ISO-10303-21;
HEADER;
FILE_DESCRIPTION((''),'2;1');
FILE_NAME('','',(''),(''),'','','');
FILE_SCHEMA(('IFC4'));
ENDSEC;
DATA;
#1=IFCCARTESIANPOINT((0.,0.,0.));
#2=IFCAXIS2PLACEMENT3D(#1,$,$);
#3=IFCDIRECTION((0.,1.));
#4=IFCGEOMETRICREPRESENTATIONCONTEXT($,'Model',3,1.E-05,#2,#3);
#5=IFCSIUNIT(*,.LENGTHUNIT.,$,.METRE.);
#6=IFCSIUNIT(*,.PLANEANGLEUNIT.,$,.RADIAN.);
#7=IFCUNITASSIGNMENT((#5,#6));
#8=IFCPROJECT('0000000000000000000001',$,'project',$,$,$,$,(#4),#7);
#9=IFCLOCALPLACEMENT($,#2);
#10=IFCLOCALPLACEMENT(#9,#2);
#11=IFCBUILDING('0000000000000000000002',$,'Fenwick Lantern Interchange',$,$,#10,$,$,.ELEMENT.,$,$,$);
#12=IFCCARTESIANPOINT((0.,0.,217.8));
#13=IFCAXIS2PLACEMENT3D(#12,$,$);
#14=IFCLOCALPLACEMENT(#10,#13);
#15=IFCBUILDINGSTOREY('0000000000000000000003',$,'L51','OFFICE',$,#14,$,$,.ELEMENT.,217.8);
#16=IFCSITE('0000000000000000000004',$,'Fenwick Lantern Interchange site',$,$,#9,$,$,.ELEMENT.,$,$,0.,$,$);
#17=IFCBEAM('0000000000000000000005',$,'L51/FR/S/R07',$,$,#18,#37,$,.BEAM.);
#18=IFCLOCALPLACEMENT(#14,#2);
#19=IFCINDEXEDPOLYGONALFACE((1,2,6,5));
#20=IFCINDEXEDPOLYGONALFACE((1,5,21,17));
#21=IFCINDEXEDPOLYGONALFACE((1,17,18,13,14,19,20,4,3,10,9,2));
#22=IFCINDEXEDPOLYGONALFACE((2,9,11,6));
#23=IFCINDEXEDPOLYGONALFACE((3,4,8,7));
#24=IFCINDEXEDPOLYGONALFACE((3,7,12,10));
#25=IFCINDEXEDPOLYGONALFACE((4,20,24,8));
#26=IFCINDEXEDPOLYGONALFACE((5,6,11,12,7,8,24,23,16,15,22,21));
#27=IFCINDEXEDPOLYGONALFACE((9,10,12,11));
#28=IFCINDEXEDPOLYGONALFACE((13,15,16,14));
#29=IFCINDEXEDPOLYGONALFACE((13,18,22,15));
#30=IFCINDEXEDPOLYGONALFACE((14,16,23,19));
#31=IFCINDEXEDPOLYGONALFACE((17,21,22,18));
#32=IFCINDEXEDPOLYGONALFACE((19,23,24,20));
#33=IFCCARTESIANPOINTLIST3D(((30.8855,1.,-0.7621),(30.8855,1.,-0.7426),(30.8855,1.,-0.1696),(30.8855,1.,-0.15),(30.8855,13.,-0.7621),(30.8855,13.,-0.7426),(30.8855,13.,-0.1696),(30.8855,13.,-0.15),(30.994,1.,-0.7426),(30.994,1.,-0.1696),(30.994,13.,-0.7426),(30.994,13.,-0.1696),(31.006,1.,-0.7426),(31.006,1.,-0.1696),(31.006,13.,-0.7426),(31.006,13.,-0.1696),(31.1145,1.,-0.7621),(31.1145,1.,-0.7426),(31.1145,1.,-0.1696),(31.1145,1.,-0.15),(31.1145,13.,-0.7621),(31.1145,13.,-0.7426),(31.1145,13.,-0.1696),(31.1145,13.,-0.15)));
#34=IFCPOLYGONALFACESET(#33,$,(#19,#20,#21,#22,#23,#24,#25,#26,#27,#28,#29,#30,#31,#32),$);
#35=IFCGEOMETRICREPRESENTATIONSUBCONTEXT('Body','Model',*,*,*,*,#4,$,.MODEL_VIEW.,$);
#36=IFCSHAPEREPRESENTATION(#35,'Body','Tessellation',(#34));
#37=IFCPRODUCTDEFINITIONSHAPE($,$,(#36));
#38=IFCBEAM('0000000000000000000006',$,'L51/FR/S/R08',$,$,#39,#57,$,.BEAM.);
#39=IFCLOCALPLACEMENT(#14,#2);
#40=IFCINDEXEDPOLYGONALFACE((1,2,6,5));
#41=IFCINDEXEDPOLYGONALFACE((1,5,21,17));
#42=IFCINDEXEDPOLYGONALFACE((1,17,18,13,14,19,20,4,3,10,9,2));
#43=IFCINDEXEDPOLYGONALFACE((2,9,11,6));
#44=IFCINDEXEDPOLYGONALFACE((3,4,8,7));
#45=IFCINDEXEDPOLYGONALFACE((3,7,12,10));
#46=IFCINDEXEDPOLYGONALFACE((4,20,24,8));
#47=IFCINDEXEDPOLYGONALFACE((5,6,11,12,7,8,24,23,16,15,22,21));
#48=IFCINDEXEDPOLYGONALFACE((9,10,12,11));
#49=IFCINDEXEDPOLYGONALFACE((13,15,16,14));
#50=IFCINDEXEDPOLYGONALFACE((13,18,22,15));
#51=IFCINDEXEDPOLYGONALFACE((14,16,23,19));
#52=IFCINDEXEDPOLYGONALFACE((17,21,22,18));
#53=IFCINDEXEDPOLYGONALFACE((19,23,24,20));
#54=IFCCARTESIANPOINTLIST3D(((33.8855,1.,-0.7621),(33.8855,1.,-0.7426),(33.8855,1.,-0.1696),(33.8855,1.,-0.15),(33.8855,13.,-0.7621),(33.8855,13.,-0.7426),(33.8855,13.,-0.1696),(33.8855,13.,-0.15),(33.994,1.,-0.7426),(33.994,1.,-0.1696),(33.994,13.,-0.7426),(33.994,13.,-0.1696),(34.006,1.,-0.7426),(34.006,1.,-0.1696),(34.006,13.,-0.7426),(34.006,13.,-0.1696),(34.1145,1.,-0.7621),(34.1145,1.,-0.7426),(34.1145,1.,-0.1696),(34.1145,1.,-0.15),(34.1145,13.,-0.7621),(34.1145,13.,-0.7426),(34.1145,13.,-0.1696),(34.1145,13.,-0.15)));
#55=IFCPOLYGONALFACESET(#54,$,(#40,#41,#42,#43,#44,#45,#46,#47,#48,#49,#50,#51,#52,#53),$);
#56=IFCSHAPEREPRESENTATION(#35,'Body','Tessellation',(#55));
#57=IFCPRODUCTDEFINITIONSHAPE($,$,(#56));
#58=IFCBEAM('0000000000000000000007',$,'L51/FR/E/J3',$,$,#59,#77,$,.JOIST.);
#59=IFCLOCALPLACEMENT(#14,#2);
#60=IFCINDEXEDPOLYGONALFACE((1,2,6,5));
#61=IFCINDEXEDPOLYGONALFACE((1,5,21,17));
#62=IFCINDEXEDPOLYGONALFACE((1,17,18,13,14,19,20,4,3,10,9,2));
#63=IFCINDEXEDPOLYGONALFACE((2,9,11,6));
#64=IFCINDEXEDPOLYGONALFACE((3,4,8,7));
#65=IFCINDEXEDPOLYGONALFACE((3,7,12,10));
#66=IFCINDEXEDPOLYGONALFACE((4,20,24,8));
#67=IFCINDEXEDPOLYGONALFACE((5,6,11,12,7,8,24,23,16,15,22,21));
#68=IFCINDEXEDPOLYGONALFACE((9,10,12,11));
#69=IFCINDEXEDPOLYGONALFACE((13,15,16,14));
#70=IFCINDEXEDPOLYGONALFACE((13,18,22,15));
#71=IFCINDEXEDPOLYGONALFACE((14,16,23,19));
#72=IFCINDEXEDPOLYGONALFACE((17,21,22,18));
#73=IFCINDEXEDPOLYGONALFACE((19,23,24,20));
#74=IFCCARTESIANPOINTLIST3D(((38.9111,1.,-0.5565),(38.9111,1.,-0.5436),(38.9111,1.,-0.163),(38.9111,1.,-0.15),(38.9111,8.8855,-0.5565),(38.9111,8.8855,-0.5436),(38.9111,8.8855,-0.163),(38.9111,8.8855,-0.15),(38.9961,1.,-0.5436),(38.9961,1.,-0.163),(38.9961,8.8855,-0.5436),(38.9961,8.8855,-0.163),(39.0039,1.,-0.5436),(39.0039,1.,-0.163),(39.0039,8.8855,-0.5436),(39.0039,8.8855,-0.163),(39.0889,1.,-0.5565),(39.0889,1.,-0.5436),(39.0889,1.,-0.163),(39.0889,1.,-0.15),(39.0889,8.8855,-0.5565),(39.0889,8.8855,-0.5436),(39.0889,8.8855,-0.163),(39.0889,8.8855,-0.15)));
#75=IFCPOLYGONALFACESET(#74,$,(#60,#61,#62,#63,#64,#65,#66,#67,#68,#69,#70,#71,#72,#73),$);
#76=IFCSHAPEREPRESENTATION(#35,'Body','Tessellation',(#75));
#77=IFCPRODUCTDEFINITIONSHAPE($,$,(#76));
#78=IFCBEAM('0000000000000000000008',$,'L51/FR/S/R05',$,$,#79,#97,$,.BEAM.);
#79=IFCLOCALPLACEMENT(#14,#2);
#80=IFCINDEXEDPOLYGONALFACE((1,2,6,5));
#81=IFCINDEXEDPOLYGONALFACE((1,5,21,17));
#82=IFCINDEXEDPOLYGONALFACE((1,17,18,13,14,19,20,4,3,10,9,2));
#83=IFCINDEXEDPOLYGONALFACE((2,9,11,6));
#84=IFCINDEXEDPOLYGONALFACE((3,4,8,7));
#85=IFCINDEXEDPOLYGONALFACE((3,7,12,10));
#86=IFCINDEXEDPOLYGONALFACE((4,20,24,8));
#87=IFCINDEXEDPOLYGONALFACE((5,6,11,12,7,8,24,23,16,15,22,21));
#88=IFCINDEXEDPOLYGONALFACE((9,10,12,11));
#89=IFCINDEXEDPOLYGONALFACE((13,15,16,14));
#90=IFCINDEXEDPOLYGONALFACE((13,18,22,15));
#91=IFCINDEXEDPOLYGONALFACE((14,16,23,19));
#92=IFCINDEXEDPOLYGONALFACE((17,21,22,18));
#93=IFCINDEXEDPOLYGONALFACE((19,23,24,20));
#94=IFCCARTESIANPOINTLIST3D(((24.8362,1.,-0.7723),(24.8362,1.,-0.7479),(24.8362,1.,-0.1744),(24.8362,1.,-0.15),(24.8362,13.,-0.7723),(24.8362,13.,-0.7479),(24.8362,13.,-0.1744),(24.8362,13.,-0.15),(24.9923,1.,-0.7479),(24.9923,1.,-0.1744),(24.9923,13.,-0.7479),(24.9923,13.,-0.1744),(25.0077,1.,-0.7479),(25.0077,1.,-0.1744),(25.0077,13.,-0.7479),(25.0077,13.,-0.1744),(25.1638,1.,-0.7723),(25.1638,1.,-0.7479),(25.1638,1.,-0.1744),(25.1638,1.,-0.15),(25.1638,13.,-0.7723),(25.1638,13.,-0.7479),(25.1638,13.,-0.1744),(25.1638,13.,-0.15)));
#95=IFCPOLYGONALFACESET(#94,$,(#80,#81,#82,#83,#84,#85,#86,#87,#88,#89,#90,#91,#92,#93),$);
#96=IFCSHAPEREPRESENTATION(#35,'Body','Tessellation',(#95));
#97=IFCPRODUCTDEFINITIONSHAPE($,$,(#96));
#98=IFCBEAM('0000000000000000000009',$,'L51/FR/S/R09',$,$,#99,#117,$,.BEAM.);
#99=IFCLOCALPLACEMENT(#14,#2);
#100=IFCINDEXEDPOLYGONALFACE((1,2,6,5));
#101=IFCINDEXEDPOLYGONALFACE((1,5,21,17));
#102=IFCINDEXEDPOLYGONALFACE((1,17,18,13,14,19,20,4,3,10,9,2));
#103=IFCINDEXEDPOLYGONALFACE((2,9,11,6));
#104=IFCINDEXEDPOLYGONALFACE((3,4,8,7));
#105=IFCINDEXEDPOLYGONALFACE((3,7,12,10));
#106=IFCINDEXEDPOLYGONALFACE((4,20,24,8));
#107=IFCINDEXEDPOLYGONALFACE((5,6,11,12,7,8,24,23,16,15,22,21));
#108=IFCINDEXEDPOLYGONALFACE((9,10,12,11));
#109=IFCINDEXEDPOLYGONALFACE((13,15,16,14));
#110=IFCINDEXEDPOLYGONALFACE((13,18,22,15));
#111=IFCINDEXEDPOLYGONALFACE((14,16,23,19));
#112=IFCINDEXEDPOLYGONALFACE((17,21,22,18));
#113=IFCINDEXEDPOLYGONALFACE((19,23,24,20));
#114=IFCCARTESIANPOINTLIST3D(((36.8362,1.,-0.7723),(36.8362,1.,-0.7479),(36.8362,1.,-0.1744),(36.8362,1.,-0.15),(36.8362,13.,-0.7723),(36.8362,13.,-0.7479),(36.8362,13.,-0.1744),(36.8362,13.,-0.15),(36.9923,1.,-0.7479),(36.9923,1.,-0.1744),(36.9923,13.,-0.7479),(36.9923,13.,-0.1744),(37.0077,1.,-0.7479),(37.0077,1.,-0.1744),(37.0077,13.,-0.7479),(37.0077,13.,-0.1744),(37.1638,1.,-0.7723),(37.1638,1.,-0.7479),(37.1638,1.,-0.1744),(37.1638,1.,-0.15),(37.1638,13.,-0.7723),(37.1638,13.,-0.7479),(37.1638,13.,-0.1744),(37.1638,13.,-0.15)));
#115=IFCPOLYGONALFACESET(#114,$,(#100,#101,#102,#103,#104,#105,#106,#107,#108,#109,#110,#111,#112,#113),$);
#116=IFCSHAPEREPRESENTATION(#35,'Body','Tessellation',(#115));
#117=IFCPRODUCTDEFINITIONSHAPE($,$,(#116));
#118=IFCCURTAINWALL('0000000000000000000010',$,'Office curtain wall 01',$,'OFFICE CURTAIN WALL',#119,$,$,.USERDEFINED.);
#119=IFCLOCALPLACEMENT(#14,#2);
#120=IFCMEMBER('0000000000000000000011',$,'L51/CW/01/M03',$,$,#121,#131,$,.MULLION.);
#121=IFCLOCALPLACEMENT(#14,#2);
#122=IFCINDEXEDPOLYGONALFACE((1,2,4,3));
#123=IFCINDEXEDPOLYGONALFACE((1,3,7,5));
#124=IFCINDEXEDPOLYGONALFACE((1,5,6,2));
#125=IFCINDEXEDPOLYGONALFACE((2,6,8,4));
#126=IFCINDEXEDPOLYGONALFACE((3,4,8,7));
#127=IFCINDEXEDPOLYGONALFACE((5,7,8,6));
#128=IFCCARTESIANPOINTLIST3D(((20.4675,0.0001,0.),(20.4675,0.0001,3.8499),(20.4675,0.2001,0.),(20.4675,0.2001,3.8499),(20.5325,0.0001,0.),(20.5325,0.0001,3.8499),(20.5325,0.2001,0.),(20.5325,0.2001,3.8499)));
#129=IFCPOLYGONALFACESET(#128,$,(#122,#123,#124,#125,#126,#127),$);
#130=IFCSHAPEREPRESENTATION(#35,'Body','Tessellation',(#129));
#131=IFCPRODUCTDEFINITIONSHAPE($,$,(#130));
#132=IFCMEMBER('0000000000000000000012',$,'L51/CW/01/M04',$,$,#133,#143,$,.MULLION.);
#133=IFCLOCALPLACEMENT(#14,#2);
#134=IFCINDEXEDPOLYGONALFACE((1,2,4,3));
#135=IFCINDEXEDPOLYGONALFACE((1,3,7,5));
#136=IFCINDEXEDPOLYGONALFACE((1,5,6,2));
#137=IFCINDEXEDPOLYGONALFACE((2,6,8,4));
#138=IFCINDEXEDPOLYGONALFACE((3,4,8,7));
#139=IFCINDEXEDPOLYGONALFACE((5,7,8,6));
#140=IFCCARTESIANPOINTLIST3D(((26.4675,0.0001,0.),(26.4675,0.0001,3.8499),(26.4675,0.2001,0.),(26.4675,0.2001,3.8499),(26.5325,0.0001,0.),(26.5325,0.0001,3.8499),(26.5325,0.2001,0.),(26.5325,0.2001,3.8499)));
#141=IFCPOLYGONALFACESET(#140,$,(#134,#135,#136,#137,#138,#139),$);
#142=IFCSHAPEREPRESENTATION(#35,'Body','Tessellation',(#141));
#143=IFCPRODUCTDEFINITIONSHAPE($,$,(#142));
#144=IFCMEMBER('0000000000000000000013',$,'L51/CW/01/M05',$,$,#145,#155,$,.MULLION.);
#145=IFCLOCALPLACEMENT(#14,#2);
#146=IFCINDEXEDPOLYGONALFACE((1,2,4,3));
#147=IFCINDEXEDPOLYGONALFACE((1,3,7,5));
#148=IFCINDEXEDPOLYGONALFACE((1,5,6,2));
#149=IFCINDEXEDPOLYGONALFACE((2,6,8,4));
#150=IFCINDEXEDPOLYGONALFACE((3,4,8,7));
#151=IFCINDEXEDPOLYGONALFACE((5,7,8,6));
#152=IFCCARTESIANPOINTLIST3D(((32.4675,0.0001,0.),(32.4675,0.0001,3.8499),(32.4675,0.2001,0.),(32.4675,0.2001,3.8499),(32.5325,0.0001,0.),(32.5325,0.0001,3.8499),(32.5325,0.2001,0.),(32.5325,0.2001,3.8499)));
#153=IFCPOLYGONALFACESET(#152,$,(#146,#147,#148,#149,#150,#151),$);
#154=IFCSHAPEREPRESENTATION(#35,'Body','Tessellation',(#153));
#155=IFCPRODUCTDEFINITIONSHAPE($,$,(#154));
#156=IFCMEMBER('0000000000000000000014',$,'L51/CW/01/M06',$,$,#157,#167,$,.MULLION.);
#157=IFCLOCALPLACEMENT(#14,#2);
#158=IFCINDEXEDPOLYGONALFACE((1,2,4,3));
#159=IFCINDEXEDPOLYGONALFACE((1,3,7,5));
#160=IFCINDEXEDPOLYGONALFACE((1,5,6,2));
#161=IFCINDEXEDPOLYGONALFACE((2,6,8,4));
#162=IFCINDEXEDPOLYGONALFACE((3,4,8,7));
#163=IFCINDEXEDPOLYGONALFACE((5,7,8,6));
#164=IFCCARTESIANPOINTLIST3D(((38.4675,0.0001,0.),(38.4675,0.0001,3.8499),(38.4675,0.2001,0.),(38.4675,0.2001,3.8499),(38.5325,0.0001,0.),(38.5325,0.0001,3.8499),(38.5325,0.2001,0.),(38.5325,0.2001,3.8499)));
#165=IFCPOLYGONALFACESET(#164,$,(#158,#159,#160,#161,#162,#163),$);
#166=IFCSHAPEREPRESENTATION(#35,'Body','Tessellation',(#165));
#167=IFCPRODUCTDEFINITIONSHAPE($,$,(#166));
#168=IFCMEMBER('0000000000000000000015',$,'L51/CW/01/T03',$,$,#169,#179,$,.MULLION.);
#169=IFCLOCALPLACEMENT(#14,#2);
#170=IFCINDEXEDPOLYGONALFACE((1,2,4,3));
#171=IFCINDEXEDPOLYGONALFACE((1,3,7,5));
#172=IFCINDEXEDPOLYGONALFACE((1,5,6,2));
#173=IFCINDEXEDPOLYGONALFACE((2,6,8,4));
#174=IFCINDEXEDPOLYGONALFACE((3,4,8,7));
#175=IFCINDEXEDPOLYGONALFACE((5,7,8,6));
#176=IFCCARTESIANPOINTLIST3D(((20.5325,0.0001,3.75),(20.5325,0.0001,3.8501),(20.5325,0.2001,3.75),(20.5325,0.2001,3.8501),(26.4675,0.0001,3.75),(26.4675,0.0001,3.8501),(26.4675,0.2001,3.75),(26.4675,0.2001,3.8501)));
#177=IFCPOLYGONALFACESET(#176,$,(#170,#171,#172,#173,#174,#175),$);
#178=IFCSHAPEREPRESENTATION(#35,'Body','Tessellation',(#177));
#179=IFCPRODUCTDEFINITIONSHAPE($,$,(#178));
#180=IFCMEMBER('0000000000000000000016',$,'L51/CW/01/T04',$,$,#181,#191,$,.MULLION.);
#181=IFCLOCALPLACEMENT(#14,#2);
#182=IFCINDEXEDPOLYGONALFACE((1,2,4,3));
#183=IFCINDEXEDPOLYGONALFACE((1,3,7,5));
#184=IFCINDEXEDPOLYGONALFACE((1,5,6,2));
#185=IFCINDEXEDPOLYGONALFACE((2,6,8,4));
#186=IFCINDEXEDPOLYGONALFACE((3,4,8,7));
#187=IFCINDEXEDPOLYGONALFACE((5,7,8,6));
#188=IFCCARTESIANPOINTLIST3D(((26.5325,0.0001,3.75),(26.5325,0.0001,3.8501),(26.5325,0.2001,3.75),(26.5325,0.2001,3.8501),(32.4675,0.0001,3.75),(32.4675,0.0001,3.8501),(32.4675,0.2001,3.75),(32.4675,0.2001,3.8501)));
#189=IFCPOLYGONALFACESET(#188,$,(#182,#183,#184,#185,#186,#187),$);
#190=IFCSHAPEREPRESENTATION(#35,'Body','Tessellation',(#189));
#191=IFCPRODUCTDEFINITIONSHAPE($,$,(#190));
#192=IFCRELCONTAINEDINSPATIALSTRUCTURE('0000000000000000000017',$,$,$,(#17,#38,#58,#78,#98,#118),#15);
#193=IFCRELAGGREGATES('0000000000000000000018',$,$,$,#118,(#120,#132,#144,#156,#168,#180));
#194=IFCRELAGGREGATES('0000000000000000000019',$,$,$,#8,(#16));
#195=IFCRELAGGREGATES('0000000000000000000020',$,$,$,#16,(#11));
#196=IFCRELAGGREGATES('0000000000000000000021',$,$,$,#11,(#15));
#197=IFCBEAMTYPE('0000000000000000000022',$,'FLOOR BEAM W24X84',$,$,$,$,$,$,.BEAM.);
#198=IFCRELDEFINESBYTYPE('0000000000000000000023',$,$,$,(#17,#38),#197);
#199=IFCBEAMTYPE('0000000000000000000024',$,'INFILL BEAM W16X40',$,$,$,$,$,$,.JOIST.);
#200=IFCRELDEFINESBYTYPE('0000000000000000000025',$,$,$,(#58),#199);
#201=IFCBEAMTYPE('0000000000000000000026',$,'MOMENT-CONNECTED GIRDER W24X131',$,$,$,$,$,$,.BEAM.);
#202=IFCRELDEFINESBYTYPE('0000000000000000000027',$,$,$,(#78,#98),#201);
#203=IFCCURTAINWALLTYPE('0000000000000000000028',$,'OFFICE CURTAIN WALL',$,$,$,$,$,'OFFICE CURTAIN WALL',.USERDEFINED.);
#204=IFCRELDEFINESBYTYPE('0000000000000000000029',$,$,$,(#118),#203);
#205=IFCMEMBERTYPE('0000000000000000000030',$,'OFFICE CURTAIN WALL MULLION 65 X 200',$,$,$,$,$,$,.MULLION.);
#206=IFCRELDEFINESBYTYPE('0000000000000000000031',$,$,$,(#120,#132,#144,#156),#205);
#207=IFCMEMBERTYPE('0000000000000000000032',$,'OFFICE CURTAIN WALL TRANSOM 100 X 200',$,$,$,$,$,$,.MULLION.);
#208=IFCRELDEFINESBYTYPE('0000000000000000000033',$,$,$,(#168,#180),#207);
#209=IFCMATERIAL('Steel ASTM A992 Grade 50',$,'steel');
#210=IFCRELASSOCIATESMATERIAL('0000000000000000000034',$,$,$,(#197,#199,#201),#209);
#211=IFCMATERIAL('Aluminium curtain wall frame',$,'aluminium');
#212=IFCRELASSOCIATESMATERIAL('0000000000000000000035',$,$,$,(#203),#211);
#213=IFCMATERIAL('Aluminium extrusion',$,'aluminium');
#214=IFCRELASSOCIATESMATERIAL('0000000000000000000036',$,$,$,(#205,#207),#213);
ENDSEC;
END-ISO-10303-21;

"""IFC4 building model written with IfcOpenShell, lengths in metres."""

from ifc_helpers import new_model, si_unit, direction, frame, origin, origin_2d, place, context, subcontext, project, spatial, rectangle, i_section, extrude, material, material_profile, profile_set, type_object, element, aggregate, save


model = new_model("IFC4")

# Units and contexts
model_context = context("Model", 3, precision=1e-05, world=origin(), true_north=direction((0.0, 1.0)))
body_context = subcontext(model_context, "Body", "Model", "MODEL_VIEW")
ifc_project = project(units=[si_unit("LENGTHUNIT", "METRE"), si_unit("PLANEANGLEUNIT", "RADIAN")], contexts=[model_context])

# Site, building, storey
site_placement = place(None, origin())
site = spatial("IfcSite", under=ifc_project, at=site_placement, Name="Fenwick Lantern Interchange site", CompositionType="ELEMENT", RefElevation=0.0)
building_placement = place(site_placement, origin())
building = spatial("IfcBuilding", under=site, at=building_placement, Name="Fenwick Lantern Interchange", CompositionType="ELEMENT")
storey_placement = place(building_placement, frame((0.0, 0.0, 217.8)))
storey = spatial("IfcBuildingStorey", under=building, at=storey_placement, Name="L51", Description="OFFICE", CompositionType="ELEMENT", Elevation=217.8)

# Shared definitions
ifc_material_1 = material(Name="Steel ASTM A992 Grade 50", Category="steel")

# Beams
ifc_material_profile_1 = material_profile(ifc_material_1, i_section(OverallWidth=0.229, OverallDepth=0.6121, WebThickness=0.012, FlangeThickness=0.0195, at=origin_2d()), Name="W24X84")
ifc_profile_set_1 = profile_set([ifc_material_profile_1], Name="Steel ASTM A992 Grade 50")
beam_type_1 = type_object("IfcBeamType", Name="FLOOR BEAM W24X84", PredefinedType="BEAM", material=ifc_profile_set_1)
for number, where, z_axis, x_axis, name in (
    (1, (31.0, 1.0, -0.4561), (0.0, 1.0, 0.0), (-1.0, 0.0, 0.0), "L51/FR/S/R07"),
    (2, (34.0, 1.0, -0.4561), (0.0, 1.0, 0.0), (-1.0, 0.0, 0.0), "L51/FR/S/R08"),
):
    element("IfcBeam", number, at=place(storey_placement, frame(where, z_axis=z_axis, x_axis=x_axis)), inside=storey, type_object=beam_type_1, Name=name, PredefinedType="BEAM", context=body_context, shape_type="SweptSolid", body=[
        extrude(i_section(OverallWidth=0.229, OverallDepth=0.6121, WebThickness=0.012, FlangeThickness=0.0195, at=origin_2d()), origin(), (0.0, 0.0, 1.0), 12.0),
    ])
ifc_material_profile_2 = material_profile(ifc_material_1, i_section(OverallWidth=0.1777, OverallDepth=0.4065, WebThickness=0.0078, FlangeThickness=0.0129, at=origin_2d()), Name="W16X40")
ifc_profile_set_2 = profile_set([ifc_material_profile_2], Name="Steel ASTM A992 Grade 50")
beam_type_2 = type_object("IfcBeamType", Name="INFILL BEAM W16X40", PredefinedType="JOIST", material=ifc_profile_set_2)
beam_1_placement = place(storey_placement, frame((39.0, 1.0, -0.3533), z_axis=(0.0, 1.0, 0.0), x_axis=(-1.0, 0.0, 0.0)))
element("IfcBeam", 3, at=beam_1_placement, inside=storey, type_object=beam_type_2, Name="L51/FR/E/J3", PredefinedType="JOIST", context=body_context, shape_type="SweptSolid", body=[
    extrude(i_section(OverallWidth=0.1777, OverallDepth=0.4065, WebThickness=0.0078, FlangeThickness=0.0129, at=origin_2d()), origin(), (0.0, 0.0, 1.0), 7.8855),
])
ifc_material_profile_3 = material_profile(ifc_material_1, i_section(OverallWidth=0.3276, OverallDepth=0.6223, WebThickness=0.0154, FlangeThickness=0.0244, at=origin_2d()), Name="W24X131")
ifc_profile_set_3 = profile_set([ifc_material_profile_3], Name="Steel ASTM A992 Grade 50")
beam_type_3 = type_object("IfcBeamType", Name="MOMENT-CONNECTED GIRDER W24X131", PredefinedType="BEAM", material=ifc_profile_set_3)
for number, where, z_axis, x_axis, name in (
    (4, (25.0, 1.0, -0.4612), (0.0, 1.0, 0.0), (-1.0, 0.0, 0.0), "L51/FR/S/R05"),
    (5, (37.0, 1.0, -0.4612), (0.0, 1.0, 0.0), (-1.0, 0.0, 0.0), "L51/FR/S/R09"),
):
    element("IfcBeam", number, at=place(storey_placement, frame(where, z_axis=z_axis, x_axis=x_axis)), inside=storey, type_object=beam_type_3, Name=name, PredefinedType="BEAM", context=body_context, shape_type="SweptSolid", body=[
        extrude(i_section(OverallWidth=0.3276, OverallDepth=0.6223, WebThickness=0.0154, FlangeThickness=0.0244, at=origin_2d()), origin(), (0.0, 0.0, 1.0), 12.0),
    ])

# Curtain wall, members
ifc_material_2 = material(Name="Aluminium curtain wall frame", Category="aluminium")
curtain_wall_type = type_object("IfcCurtainWallType", Name="OFFICE CURTAIN WALL", ElementType="OFFICE CURTAIN WALL", PredefinedType="USERDEFINED", material=ifc_material_2)
curtain_wall_placement = place(storey_placement, origin())
curtain_wall = element("IfcCurtainWall", 6, at=curtain_wall_placement, inside=storey, type_object=curtain_wall_type, Name="Office curtain wall 01", ObjectType="OFFICE CURTAIN WALL", PredefinedType="USERDEFINED")
ifc_material_3 = material(Name="Aluminium extrusion", Category="aluminium")
ifc_material_profile_4 = material_profile(ifc_material_3, rectangle(XDim=0.2, YDim=0.0649, at=origin_2d()), Name="OFFICE CURTAIN WALL MULLION 65 X 200")
ifc_profile_set_4 = profile_set([ifc_material_profile_4], Name="Aluminium extrusion")
member_type_1 = type_object("IfcMemberType", Name="OFFICE CURTAIN WALL MULLION 65 X 200", PredefinedType="MULLION", material=ifc_profile_set_4)
member_1_placement = place(storey_placement, frame((20.5, 0.1001, 0.0), z_axis=(0.0, 0.0, 1.0), x_axis=(0.0, 1.0, 0.0)))
member_1 = element("IfcMember", 7, at=member_1_placement, type_object=member_type_1, Name="L51/CW/01/M03", PredefinedType="MULLION", context=body_context, shape_type="SweptSolid", body=[
    extrude(rectangle(XDim=0.2, YDim=0.0649, at=origin_2d()), origin(), (0.0, 0.0, 1.0), 3.8499),
])
member_2_placement = place(storey_placement, frame((26.5, 0.1001, 0.0), z_axis=(0.0, 0.0, 1.0), x_axis=(0.0, 1.0, 0.0)))
member_2 = element("IfcMember", 8, at=member_2_placement, type_object=member_type_1, Name="L51/CW/01/M04", PredefinedType="MULLION", context=body_context, shape_type="SweptSolid", body=[
    extrude(rectangle(XDim=0.2, YDim=0.0649, at=origin_2d()), origin(), (0.0, 0.0, 1.0), 3.8499),
])
member_3_placement = place(storey_placement, frame((32.5, 0.1001, 0.0), z_axis=(0.0, 0.0, 1.0), x_axis=(0.0, 1.0, 0.0)))
member_3 = element("IfcMember", 9, at=member_3_placement, type_object=member_type_1, Name="L51/CW/01/M05", PredefinedType="MULLION", context=body_context, shape_type="SweptSolid", body=[
    extrude(rectangle(XDim=0.2, YDim=0.0649, at=origin_2d()), origin(), (0.0, 0.0, 1.0), 3.8499),
])
member_4_placement = place(storey_placement, frame((38.5, 0.1001, 0.0), z_axis=(0.0, 0.0, 1.0), x_axis=(0.0, 1.0, 0.0)))
member_4 = element("IfcMember", 10, at=member_4_placement, type_object=member_type_1, Name="L51/CW/01/M06", PredefinedType="MULLION", context=body_context, shape_type="SweptSolid", body=[
    extrude(rectangle(XDim=0.2, YDim=0.0649, at=origin_2d()), origin(), (0.0, 0.0, 1.0), 3.8499),
])
ifc_material_profile_5 = material_profile(ifc_material_3, rectangle(XDim=0.2, YDim=0.1001, at=origin_2d()), Name="OFFICE CURTAIN WALL TRANSOM 100 X 200")
ifc_profile_set_5 = profile_set([ifc_material_profile_5], Name="Aluminium extrusion")
member_type_2 = type_object("IfcMemberType", Name="OFFICE CURTAIN WALL TRANSOM 100 X 200", PredefinedType="MULLION", material=ifc_profile_set_5)
member_5_placement = place(storey_placement, frame((20.5325, 0.1001, 3.8), z_axis=(1.0, 0.0, 0.0), x_axis=(0.0, 1.0, 0.0)))
member_5 = element("IfcMember", 11, at=member_5_placement, type_object=member_type_2, Name="L51/CW/01/T03", PredefinedType="MULLION", context=body_context, shape_type="SweptSolid", body=[
    extrude(rectangle(XDim=0.2, YDim=0.1001, at=origin_2d()), origin(), (0.0, 0.0, 1.0), 5.9351),
])
member_6_placement = place(storey_placement, frame((26.5325, 0.1001, 3.8), z_axis=(1.0, 0.0, 0.0), x_axis=(0.0, 1.0, 0.0)))
member_6 = element("IfcMember", 12, at=member_6_placement, type_object=member_type_2, Name="L51/CW/01/T04", PredefinedType="MULLION", context=body_context, shape_type="SweptSolid", body=[
    extrude(rectangle(XDim=0.2, YDim=0.1001, at=origin_2d()), origin(), (0.0, 0.0, 1.0), 5.9351),
])
aggregate(curtain_wall, [member_1, member_2, member_3, member_4, member_5, member_6])

save(model, "model.ifc")
